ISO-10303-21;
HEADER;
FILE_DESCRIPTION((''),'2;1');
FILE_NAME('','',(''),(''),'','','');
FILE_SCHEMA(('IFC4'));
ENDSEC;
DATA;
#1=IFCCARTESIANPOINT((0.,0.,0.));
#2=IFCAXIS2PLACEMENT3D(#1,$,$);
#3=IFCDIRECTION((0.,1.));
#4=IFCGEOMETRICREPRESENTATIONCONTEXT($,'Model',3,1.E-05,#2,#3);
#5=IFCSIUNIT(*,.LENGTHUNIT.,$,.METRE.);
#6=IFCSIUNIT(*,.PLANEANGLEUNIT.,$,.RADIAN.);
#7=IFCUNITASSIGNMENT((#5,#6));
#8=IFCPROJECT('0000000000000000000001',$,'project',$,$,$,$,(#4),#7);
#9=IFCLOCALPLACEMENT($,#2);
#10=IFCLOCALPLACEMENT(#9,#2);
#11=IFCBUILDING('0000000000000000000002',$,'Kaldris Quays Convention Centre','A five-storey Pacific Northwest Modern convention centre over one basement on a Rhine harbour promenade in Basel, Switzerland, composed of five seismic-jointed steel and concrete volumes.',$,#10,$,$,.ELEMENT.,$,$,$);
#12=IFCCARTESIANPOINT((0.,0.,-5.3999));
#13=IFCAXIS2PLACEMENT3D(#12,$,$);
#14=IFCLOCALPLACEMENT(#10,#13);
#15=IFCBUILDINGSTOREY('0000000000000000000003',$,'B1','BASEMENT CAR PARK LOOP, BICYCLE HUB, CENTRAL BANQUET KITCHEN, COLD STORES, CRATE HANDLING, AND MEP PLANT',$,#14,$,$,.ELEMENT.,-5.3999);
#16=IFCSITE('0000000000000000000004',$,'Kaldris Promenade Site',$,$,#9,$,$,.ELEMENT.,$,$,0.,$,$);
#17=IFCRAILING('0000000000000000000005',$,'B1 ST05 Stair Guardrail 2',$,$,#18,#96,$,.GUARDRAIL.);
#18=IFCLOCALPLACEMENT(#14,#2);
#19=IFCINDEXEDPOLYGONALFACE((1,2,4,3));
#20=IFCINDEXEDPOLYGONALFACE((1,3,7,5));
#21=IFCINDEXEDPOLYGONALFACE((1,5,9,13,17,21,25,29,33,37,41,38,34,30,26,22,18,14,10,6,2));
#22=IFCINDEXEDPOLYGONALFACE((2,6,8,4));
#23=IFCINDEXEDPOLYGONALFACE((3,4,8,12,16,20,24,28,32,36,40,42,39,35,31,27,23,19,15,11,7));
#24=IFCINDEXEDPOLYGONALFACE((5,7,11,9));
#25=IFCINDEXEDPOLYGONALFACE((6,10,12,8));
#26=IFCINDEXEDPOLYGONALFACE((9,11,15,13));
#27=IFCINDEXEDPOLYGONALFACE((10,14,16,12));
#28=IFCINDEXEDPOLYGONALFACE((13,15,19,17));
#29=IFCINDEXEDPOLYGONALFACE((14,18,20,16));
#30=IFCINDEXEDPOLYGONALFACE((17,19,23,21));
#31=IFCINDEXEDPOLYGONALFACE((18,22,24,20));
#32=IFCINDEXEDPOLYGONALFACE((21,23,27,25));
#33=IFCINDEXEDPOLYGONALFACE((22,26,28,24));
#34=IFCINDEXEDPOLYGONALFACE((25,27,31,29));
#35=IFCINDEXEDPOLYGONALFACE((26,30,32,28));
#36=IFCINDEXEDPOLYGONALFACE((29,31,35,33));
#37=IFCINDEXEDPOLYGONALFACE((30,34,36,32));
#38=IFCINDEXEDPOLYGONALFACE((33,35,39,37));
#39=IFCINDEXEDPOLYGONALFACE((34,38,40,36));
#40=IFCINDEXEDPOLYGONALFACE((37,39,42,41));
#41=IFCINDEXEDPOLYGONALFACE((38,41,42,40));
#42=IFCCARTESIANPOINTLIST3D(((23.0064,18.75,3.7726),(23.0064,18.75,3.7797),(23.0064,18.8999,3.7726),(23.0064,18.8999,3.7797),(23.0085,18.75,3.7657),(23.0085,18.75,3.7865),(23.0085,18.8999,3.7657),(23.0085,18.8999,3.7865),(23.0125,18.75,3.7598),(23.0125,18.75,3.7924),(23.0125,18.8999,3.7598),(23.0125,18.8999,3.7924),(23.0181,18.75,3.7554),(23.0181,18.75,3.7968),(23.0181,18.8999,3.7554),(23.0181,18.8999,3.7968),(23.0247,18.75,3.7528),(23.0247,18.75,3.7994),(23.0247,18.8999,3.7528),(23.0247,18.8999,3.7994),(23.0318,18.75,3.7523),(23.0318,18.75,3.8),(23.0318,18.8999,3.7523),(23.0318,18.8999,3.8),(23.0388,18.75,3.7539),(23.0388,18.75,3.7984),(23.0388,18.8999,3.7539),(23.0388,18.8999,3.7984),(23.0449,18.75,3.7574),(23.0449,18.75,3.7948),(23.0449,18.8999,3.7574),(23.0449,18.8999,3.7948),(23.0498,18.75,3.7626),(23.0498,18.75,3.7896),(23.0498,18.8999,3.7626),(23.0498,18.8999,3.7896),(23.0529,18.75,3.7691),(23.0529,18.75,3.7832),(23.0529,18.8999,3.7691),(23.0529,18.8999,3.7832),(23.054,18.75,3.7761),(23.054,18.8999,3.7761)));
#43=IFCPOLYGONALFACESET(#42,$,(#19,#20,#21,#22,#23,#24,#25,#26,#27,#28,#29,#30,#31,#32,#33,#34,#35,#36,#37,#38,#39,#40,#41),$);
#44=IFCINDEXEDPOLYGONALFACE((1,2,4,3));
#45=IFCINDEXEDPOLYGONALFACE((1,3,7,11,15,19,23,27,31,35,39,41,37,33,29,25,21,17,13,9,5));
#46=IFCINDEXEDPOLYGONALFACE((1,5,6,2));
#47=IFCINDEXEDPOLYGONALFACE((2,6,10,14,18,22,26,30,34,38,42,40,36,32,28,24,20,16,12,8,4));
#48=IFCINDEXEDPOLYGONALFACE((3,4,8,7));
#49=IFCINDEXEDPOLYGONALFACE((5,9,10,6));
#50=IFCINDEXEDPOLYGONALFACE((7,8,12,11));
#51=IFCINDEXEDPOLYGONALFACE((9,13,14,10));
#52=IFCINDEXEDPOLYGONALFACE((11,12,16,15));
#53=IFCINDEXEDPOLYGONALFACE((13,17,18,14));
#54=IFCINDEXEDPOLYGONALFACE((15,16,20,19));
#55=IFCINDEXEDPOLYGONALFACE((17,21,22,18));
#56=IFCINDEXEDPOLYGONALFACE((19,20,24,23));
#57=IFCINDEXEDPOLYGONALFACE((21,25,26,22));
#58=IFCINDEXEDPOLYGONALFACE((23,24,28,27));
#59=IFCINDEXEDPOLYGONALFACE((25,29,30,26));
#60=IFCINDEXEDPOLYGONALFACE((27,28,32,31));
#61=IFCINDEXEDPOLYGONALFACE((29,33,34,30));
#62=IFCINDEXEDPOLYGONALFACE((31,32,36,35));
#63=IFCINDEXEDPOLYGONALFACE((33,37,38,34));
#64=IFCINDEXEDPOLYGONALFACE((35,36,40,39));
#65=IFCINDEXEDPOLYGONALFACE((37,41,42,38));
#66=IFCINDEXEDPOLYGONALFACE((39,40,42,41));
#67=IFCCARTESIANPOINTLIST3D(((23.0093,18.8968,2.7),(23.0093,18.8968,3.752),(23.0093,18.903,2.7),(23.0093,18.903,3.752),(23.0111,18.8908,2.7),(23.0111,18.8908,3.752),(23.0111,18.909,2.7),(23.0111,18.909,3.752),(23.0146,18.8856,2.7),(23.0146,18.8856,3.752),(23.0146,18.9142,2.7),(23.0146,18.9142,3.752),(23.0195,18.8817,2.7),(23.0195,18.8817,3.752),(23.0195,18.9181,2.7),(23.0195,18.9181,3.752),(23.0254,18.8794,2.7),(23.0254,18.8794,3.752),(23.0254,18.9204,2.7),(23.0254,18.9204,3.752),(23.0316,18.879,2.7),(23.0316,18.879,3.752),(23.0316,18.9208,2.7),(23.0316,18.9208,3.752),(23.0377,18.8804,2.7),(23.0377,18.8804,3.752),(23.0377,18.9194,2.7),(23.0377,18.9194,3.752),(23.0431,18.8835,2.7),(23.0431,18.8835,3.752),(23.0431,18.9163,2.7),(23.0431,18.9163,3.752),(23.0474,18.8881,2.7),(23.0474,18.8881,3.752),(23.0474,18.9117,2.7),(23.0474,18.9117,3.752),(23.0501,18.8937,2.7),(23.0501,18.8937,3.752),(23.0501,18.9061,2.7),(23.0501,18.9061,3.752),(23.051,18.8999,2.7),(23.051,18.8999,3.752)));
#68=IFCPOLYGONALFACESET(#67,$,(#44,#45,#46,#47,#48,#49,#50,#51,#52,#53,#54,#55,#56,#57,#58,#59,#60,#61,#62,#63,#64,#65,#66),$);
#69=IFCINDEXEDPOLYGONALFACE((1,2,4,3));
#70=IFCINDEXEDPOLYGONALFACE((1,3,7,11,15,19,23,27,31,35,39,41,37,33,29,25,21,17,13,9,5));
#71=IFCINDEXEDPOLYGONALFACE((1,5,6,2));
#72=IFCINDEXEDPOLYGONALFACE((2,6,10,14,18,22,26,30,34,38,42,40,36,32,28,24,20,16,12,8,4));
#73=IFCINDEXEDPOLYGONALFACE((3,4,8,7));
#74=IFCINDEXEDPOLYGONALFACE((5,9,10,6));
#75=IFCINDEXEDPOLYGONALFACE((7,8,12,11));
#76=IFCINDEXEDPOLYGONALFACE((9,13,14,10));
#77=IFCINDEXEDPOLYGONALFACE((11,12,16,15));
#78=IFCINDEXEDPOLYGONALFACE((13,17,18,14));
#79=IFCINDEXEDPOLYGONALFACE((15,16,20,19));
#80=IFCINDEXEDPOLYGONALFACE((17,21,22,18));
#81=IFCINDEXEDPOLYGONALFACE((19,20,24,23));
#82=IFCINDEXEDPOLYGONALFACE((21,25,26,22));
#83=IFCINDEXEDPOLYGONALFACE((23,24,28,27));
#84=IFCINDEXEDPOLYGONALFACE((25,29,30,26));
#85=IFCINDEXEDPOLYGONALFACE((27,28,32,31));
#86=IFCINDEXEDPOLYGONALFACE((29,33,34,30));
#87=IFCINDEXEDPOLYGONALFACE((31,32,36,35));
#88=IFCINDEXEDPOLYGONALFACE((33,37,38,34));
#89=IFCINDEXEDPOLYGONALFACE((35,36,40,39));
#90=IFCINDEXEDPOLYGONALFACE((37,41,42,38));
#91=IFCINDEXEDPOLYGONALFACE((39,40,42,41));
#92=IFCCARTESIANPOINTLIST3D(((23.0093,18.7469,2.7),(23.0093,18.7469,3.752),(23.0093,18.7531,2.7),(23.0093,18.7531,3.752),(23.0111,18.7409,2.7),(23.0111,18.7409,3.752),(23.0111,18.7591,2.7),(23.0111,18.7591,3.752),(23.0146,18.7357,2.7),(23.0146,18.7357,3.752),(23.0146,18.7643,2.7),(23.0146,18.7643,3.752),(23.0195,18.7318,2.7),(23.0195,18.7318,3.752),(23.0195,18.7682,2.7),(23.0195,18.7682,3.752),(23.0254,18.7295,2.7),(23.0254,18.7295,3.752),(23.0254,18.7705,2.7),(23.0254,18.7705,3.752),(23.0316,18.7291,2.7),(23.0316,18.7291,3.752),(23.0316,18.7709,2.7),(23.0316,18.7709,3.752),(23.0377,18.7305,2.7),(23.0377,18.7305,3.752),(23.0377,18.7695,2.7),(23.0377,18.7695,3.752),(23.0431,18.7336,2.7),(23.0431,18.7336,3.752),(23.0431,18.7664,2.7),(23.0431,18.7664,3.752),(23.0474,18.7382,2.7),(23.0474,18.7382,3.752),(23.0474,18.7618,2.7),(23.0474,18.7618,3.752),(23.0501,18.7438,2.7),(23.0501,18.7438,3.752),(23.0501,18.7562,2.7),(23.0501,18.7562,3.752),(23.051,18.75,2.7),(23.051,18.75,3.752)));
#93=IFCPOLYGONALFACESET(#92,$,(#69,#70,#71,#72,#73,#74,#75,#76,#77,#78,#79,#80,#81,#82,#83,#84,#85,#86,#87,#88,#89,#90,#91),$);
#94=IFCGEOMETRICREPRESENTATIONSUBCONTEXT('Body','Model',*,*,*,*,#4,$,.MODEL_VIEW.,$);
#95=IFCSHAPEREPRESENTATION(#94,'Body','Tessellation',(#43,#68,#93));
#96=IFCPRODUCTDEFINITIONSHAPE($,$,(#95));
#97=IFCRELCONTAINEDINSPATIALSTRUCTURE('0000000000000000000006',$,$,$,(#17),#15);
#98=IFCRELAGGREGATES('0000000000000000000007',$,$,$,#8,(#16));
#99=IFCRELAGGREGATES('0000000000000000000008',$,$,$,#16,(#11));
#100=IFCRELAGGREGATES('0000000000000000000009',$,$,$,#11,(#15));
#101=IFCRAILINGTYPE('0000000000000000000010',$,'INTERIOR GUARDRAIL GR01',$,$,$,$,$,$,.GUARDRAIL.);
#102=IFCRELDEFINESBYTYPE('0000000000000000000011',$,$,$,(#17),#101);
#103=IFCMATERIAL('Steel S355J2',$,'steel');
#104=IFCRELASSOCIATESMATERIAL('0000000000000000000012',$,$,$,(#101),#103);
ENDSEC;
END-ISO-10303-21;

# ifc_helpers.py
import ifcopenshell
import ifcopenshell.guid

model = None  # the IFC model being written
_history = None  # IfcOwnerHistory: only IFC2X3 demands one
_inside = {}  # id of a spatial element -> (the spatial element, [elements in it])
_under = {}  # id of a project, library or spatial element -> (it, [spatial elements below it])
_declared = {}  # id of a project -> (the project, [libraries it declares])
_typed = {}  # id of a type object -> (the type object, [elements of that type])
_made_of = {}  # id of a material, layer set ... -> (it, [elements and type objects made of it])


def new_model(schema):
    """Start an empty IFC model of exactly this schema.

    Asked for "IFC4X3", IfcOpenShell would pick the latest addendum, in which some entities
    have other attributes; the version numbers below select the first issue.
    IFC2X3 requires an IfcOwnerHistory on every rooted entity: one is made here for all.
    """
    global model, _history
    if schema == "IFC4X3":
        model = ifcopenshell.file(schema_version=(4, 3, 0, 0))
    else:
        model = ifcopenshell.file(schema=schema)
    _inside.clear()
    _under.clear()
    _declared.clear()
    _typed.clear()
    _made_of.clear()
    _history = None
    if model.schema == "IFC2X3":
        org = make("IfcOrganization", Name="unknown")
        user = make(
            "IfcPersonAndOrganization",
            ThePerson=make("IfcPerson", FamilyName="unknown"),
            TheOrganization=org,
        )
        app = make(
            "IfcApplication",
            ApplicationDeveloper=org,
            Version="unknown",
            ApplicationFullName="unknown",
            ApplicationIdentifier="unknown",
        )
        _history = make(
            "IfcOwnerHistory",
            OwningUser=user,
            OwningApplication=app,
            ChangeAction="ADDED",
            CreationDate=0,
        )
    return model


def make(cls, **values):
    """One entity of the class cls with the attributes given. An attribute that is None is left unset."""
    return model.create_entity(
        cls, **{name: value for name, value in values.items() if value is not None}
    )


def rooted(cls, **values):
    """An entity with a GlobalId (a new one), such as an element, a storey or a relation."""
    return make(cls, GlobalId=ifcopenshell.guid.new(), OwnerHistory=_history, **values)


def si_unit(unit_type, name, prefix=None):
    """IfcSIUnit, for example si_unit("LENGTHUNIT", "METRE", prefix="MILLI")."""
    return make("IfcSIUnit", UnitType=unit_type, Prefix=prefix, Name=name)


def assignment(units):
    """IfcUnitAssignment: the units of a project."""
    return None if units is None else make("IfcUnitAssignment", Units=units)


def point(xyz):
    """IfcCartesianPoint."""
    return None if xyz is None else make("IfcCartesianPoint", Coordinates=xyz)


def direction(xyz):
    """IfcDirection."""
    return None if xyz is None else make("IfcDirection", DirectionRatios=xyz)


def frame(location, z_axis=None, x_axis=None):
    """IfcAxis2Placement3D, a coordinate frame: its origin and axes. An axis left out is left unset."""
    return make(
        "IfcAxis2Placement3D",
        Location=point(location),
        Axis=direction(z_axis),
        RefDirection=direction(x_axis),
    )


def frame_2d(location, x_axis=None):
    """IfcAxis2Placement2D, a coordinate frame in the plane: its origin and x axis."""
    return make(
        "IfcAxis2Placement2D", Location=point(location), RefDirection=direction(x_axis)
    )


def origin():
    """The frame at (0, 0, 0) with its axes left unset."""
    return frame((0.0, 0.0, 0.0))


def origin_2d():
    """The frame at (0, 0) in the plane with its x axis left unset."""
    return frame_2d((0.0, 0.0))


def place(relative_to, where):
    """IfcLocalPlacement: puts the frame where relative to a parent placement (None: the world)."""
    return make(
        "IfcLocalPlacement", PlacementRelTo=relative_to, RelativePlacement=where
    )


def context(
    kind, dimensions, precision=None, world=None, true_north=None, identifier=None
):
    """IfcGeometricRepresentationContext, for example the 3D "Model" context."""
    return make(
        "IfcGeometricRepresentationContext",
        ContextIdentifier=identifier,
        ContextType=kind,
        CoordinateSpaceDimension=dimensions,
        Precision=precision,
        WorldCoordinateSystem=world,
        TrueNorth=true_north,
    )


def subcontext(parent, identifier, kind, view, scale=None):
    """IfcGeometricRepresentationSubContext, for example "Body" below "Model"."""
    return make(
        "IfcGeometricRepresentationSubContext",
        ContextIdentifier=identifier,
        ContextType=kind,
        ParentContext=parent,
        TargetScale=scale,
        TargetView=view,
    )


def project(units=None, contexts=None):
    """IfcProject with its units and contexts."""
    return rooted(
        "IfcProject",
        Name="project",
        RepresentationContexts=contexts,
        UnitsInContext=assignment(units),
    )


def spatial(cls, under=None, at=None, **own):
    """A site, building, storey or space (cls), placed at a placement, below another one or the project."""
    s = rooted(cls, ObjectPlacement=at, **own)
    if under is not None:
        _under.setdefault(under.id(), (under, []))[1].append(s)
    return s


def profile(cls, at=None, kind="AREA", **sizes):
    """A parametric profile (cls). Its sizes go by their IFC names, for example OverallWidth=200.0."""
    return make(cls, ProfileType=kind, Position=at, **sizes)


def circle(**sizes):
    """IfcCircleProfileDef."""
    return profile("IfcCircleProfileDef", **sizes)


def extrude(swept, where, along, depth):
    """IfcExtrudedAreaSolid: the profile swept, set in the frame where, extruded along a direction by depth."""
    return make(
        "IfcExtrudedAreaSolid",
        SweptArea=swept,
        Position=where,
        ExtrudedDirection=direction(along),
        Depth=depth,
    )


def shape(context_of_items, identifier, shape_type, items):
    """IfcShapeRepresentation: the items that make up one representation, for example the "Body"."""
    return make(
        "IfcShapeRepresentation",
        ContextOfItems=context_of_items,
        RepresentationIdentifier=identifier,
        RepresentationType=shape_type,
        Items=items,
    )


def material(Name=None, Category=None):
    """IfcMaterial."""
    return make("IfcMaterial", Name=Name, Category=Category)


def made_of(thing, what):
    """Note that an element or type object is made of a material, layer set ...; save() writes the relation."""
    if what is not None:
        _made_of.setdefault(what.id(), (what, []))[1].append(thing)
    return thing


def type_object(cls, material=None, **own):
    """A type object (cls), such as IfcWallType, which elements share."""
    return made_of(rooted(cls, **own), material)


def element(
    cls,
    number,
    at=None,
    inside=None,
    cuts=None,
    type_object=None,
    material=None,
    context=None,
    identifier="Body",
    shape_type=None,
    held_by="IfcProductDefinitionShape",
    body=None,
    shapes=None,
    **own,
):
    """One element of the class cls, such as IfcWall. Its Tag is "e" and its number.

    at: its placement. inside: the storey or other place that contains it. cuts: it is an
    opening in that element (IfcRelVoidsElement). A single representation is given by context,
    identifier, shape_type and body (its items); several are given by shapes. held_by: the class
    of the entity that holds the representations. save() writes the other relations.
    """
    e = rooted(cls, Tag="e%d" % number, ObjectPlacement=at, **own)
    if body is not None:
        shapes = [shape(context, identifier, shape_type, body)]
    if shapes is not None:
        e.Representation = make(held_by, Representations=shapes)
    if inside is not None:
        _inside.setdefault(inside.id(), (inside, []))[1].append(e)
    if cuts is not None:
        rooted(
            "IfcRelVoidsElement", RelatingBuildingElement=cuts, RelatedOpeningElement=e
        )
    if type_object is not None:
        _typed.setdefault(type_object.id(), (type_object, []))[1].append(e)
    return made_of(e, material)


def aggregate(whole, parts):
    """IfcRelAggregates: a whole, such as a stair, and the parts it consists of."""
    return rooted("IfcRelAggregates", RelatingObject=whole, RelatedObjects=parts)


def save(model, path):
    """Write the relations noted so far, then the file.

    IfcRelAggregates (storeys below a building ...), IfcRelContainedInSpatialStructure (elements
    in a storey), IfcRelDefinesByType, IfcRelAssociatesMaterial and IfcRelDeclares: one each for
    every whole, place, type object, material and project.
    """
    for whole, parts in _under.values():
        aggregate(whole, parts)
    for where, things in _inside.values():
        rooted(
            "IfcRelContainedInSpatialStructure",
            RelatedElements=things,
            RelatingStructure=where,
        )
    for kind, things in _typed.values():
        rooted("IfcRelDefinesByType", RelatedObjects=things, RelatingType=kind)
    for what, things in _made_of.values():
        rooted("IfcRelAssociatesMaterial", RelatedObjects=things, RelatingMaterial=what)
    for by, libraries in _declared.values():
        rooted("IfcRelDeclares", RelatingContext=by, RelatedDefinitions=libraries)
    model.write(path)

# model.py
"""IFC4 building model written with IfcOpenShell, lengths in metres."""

from ifc_helpers import new_model, si_unit, direction, frame, origin, origin_2d, place, context, subcontext, project, spatial, circle, extrude, material, type_object, element, save


model = new_model("IFC4")

# Units and contexts
model_context = context("Model", 3, precision=1e-05, world=origin(), true_north=direction((0.0, 1.0)))
body_context = subcontext(model_context, "Body", "Model", "MODEL_VIEW")
ifc_project = project(units=[si_unit("LENGTHUNIT", "METRE"), si_unit("PLANEANGLEUNIT", "RADIAN")], contexts=[model_context])

# Site, building, storey
site_placement = place(None, origin())
site = spatial("IfcSite", under=ifc_project, at=site_placement, Name="Kaldris Promenade Site", CompositionType="ELEMENT", RefElevation=0.0)
building_placement = place(site_placement, origin())
building = spatial("IfcBuilding", under=site, at=building_placement, Name="Kaldris Quays Convention Centre", Description="A five-storey Pacific Northwest Modern convention centre over one basement on a Rhine harbour promenade in Basel, Switzerland, composed of five seismic-jointed steel and concrete volumes.", CompositionType="ELEMENT")
storey_placement = place(building_placement, frame((0.0, 0.0, -5.3999)))
storey = spatial("IfcBuildingStorey", under=building, at=storey_placement, Name="B1", Description="BASEMENT CAR PARK LOOP, BICYCLE HUB, CENTRAL BANQUET KITCHEN, COLD STORES, CRATE HANDLING, AND MEP PLANT", CompositionType="ELEMENT", Elevation=-5.3999)

# Shared definitions
ifc_material_1 = material(Name="Steel S355J2", Category="steel")

# Railing
railing_type_1 = type_object("IfcRailingType", Name="INTERIOR GUARDRAIL GR01", PredefinedType="GUARDRAIL", material=ifc_material_1)
railing_1_placement = place(storey_placement, frame((23.03, 18.8999, 2.7)))
element("IfcRailing", 1, at=railing_1_placement, inside=storey, type_object=railing_type_1, Name="B1 ST05 Stair Guardrail 2", PredefinedType="GUARDRAIL", context=body_context, shape_type="SweptSolid", body=[
    extrude(circle(Radius=0.0239, at=origin_2d()), frame((0.0, 0.0, 1.0762), z_axis=(0.0, -1.0, 0.0), x_axis=(1.0, 0.0, 0.0)), (0.0, 0.0, 1.0), 0.1499),
    extrude(circle(Radius=0.021, at=origin_2d()), origin(), (0.0, 0.0, 1.0), 1.052),
    extrude(circle(Radius=0.021, at=origin_2d()), frame((0.0, -0.1499, 0.0)), (0.0, 0.0, 1.0), 1.052),
])

save(model, "model.ifc")
